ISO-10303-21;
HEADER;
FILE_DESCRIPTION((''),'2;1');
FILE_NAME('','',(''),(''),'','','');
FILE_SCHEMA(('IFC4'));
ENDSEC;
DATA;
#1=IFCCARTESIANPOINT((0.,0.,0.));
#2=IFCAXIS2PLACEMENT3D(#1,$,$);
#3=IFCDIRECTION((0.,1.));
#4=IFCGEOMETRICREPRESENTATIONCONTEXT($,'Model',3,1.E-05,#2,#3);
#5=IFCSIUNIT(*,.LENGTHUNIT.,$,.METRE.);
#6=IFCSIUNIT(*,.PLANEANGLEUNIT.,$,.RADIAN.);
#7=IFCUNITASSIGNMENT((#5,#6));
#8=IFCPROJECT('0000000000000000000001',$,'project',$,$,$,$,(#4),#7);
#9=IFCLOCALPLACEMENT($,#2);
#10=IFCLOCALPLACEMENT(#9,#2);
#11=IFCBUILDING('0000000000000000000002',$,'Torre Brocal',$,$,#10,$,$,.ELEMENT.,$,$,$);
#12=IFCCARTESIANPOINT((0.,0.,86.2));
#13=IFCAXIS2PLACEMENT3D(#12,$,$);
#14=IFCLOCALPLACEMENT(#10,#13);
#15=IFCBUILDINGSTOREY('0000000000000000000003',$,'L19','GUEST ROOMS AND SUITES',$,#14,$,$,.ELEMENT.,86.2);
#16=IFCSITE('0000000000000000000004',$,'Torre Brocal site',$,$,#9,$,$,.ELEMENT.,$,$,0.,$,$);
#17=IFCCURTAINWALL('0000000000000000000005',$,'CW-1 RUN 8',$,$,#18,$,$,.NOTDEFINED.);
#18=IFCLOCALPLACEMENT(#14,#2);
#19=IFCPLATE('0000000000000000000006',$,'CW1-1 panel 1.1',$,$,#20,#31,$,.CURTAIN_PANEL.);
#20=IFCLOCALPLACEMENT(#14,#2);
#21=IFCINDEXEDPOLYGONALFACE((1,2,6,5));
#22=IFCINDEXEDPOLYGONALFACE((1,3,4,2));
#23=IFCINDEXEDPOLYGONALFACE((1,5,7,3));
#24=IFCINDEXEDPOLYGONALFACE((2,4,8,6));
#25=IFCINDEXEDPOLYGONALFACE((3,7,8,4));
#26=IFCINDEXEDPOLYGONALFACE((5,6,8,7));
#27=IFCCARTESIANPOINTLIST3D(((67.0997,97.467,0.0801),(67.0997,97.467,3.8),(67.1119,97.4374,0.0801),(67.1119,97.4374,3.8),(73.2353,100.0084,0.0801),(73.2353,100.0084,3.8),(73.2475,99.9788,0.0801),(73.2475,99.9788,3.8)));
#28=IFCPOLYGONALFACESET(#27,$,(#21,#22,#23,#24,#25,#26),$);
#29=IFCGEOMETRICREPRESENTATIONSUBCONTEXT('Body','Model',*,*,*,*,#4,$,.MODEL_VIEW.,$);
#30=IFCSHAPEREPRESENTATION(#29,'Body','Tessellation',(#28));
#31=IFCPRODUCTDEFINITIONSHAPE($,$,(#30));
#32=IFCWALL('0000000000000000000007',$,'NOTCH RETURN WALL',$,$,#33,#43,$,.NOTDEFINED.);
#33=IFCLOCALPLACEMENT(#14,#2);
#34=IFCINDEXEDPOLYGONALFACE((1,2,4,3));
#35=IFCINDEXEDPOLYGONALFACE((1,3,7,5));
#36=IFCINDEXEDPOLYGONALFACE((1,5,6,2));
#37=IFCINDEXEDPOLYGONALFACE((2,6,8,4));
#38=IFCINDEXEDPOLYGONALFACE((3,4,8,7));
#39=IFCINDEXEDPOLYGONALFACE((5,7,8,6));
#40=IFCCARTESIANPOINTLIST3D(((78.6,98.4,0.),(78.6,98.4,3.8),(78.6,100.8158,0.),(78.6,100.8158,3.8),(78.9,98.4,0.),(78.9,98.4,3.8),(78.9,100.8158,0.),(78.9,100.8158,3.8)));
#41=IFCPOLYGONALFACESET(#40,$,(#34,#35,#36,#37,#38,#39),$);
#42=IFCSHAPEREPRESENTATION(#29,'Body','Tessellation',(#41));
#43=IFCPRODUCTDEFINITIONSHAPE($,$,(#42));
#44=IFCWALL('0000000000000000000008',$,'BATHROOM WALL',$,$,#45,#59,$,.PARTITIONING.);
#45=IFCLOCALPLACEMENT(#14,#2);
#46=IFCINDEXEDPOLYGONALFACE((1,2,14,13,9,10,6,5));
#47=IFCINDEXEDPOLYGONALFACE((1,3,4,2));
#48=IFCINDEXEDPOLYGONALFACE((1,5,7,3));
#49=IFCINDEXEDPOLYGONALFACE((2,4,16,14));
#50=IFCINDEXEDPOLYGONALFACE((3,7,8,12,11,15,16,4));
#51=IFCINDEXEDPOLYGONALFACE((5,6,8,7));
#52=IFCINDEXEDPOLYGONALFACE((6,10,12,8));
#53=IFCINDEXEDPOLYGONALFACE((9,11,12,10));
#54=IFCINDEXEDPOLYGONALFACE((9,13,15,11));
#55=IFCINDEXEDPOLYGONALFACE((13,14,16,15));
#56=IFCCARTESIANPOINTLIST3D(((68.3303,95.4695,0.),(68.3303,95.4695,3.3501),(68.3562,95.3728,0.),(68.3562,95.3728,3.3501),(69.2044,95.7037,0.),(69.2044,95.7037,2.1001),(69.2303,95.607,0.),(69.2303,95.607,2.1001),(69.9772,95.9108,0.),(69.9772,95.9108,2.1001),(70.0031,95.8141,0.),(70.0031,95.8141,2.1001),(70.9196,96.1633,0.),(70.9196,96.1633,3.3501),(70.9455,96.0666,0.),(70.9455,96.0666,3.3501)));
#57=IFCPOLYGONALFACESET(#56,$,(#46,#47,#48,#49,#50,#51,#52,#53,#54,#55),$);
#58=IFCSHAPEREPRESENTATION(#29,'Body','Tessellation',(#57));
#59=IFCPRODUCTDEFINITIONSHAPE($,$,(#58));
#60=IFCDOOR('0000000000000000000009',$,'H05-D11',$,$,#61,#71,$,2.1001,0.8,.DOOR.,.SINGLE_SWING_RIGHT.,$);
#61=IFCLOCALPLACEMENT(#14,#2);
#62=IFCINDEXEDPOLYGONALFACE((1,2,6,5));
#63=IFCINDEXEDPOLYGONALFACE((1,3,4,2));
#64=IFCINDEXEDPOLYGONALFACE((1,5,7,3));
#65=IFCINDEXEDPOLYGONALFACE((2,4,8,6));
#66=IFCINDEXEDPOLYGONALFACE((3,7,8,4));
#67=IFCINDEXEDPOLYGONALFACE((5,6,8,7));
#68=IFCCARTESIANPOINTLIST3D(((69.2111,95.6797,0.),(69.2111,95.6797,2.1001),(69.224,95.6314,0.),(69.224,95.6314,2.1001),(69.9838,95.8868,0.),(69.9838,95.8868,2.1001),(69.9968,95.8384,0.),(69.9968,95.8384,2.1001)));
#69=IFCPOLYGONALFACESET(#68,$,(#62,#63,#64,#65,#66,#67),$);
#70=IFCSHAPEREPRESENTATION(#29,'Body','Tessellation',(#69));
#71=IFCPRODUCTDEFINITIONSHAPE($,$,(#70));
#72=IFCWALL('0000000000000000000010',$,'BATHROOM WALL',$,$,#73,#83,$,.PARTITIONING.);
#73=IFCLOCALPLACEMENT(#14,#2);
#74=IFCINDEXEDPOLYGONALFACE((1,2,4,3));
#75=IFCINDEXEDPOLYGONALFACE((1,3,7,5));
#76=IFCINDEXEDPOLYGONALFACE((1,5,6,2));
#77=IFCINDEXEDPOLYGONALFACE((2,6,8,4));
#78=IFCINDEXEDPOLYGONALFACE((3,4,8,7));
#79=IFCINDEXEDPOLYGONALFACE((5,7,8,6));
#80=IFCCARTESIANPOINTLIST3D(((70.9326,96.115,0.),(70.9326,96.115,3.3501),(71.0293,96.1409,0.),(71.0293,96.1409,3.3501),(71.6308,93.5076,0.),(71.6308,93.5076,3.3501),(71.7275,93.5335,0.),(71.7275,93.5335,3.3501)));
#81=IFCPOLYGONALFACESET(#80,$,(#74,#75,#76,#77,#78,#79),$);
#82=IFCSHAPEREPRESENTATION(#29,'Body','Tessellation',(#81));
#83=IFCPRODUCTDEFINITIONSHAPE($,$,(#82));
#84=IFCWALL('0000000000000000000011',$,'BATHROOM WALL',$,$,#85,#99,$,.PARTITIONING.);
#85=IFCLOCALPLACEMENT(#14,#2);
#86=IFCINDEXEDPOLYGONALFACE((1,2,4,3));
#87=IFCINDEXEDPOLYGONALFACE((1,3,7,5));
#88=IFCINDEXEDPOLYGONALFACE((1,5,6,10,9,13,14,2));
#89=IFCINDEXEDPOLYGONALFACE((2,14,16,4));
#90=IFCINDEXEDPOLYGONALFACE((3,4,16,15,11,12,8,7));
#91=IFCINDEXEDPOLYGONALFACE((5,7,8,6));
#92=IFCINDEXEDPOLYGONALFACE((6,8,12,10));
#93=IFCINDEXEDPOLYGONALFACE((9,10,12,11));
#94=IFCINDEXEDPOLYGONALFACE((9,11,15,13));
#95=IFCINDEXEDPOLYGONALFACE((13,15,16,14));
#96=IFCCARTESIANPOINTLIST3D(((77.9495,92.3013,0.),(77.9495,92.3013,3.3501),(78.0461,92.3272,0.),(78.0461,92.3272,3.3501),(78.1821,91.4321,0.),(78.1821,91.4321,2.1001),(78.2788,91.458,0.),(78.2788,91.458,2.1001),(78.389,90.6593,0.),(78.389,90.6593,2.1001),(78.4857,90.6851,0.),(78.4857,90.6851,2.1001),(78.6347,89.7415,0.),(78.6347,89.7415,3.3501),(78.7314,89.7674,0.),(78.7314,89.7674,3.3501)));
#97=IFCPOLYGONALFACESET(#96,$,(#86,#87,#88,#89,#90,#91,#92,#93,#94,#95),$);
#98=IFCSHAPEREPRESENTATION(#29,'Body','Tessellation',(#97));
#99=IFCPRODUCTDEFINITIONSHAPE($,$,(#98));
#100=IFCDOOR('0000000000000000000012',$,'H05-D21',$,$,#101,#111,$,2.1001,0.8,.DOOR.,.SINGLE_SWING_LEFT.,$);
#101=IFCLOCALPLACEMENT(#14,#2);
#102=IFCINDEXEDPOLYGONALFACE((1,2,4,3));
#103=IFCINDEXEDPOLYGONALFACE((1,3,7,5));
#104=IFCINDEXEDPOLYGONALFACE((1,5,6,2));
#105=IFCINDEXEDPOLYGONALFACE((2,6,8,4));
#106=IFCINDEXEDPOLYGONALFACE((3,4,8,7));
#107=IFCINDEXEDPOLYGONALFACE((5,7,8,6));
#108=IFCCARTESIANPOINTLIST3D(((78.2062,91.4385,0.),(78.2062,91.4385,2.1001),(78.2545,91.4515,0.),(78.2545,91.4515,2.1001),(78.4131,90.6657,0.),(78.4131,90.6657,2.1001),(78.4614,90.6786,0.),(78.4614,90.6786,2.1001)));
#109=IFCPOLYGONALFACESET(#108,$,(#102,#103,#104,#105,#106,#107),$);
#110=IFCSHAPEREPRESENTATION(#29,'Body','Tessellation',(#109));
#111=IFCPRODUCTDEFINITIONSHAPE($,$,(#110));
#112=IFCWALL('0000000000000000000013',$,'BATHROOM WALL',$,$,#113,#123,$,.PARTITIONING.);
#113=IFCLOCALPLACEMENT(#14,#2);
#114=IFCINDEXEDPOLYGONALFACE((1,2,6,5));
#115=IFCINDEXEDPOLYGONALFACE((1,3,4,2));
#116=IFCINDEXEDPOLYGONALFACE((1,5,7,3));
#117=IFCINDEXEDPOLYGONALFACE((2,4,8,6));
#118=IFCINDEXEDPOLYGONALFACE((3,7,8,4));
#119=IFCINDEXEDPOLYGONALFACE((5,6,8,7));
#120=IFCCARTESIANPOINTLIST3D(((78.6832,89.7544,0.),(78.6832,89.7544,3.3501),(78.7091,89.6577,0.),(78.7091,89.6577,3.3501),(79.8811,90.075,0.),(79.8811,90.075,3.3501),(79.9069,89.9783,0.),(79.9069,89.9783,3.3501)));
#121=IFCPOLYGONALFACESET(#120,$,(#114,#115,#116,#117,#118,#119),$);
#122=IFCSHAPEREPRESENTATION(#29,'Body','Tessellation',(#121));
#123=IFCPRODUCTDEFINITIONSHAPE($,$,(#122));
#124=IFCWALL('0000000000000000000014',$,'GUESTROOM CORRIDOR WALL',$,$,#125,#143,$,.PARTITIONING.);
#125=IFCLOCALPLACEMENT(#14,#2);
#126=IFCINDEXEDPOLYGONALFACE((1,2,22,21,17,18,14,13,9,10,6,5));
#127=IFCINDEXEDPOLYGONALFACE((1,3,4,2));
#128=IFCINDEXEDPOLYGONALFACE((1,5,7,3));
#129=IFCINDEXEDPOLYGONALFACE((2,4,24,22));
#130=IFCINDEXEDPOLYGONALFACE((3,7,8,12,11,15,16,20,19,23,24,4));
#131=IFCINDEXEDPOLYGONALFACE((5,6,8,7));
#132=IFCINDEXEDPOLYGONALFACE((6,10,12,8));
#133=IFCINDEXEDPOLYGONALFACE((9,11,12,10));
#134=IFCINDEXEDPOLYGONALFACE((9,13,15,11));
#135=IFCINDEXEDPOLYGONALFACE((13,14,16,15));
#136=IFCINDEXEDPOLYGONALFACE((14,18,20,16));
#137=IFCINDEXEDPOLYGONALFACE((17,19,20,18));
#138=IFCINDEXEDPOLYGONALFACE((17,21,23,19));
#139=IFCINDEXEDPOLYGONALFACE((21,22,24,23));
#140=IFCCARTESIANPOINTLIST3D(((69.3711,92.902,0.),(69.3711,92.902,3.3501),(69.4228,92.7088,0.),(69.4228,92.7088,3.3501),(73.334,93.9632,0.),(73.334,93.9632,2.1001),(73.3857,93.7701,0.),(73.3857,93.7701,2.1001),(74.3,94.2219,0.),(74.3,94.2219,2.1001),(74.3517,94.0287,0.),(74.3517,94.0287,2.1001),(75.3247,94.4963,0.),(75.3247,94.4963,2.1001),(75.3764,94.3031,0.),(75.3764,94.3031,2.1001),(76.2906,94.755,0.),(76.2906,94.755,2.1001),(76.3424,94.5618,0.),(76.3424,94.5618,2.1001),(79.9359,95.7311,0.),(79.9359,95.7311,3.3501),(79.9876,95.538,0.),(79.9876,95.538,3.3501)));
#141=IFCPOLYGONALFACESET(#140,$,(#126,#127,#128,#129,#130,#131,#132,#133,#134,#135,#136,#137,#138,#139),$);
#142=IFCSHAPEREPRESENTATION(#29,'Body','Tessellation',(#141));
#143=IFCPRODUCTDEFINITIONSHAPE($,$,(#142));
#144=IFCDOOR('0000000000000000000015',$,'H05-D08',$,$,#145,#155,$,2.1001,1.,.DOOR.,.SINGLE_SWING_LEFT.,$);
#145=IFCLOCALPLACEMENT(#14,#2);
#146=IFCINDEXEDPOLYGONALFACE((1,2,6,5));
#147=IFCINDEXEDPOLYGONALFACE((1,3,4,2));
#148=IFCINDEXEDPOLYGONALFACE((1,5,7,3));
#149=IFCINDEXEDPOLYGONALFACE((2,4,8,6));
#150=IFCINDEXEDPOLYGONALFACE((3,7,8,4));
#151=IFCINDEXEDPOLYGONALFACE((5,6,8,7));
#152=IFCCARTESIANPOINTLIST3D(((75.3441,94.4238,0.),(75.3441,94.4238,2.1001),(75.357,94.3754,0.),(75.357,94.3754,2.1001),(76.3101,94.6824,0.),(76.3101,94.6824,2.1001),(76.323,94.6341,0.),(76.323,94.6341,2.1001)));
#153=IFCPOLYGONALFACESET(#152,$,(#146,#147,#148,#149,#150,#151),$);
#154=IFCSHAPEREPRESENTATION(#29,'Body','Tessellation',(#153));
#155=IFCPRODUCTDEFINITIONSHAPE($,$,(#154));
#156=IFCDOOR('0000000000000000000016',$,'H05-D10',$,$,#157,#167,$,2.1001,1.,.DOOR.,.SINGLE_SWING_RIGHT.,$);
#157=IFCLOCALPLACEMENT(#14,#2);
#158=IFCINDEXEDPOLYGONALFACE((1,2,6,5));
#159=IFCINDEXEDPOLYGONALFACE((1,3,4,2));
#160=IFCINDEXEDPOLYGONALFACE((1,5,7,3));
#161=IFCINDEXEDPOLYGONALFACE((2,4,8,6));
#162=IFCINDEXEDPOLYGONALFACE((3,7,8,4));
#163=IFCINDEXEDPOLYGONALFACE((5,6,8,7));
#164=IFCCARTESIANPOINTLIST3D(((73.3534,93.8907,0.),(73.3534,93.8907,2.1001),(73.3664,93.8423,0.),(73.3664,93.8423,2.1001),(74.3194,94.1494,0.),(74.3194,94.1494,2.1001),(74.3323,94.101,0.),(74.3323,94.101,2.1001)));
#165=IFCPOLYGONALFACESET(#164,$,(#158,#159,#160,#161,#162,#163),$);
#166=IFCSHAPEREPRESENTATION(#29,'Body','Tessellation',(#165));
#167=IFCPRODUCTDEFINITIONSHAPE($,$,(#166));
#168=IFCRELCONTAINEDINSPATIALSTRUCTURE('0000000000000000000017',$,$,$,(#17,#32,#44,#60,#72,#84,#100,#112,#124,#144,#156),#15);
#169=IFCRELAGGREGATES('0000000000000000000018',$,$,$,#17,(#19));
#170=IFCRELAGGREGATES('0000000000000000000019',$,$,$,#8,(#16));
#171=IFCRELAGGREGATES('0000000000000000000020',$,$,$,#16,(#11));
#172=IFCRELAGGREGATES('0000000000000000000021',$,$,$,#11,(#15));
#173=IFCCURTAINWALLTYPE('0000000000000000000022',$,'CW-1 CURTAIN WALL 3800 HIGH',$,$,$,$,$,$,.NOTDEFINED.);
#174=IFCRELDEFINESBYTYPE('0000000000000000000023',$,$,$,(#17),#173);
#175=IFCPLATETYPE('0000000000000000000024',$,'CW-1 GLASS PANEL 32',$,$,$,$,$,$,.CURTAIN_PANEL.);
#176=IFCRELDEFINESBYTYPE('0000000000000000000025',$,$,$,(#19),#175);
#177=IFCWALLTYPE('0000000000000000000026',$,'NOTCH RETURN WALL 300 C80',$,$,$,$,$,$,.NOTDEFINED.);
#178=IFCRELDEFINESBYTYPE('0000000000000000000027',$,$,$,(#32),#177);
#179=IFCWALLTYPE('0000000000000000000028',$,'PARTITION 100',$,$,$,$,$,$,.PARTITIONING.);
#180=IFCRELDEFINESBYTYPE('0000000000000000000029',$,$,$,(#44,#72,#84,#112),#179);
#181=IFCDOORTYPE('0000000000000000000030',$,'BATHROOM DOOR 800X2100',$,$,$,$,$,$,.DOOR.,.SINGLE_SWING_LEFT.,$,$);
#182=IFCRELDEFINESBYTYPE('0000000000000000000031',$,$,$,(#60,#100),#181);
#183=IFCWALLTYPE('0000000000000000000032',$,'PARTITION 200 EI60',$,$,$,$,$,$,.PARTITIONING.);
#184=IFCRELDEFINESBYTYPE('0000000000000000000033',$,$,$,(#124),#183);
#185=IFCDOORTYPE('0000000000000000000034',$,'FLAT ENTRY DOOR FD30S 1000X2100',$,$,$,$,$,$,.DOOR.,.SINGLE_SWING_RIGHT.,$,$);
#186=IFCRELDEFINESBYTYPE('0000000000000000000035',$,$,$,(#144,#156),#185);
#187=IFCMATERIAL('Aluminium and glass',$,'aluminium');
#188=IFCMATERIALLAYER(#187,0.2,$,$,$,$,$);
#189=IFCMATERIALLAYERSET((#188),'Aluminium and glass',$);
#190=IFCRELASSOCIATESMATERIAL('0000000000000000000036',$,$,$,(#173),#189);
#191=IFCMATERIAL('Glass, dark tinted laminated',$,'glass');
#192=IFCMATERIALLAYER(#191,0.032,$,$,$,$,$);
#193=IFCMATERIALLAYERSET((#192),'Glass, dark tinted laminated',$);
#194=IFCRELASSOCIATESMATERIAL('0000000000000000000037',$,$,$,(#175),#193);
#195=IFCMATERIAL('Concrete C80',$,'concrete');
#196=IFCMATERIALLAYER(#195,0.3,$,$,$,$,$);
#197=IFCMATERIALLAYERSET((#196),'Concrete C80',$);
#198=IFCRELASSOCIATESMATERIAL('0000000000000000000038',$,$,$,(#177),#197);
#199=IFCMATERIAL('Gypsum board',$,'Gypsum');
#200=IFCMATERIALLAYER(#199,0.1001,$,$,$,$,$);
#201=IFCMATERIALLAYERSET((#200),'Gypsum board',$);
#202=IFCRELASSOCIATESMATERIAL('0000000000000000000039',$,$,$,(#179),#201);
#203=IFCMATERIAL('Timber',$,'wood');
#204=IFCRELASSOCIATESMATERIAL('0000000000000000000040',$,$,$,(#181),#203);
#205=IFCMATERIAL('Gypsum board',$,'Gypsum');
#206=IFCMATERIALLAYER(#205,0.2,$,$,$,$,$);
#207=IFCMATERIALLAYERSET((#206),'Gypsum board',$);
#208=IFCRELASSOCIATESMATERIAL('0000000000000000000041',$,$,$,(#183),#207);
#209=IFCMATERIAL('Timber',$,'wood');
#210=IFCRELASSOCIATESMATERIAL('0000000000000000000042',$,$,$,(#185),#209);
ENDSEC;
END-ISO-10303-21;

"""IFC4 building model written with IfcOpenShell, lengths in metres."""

from ifc_helpers import new_model, si_unit, direction, frame, frame_2d, origin, origin_2d, place, context, subcontext, project, spatial, rectangle, extrude, material, layer, layer_set, type_object, element, fill, aggregate, save


model = new_model("IFC4")

# Units and contexts
model_context = context("Model", 3, precision=1e-05, world=origin(), true_north=direction((0.0, 1.0)))
body_context = subcontext(model_context, "Body", "Model", "MODEL_VIEW")
ifc_project = project(units=[si_unit("LENGTHUNIT", "METRE"), si_unit("PLANEANGLEUNIT", "RADIAN")], contexts=[model_context])

# Site, building, storey
site_placement = place(None, origin())
site = spatial("IfcSite", under=ifc_project, at=site_placement, Name="Torre Brocal site", CompositionType="ELEMENT", RefElevation=0.0)
building_placement = place(site_placement, origin())
building = spatial("IfcBuilding", under=site, at=building_placement, Name="Torre Brocal", CompositionType="ELEMENT")
storey_placement = place(building_placement, frame((0.0, 0.0, 86.2)))
storey = spatial("IfcBuildingStorey", under=building, at=storey_placement, Name="L19", Description="GUEST ROOMS AND SUITES", CompositionType="ELEMENT", Elevation=86.2)

# Shared definitions
ifc_material_1 = material(Name="Aluminium and glass", Category="aluminium")
ifc_layer_1 = layer(ifc_material_1, 0.2)
ifc_layer_set_1 = layer_set([ifc_layer_1], Name="Aluminium and glass")
curtain_wall_type = type_object("IfcCurtainWallType", Name="CW-1 CURTAIN WALL 3800 HIGH", PredefinedType="NOTDEFINED", material=ifc_layer_set_1)

# Curtain wall
curtain_wall_1_placement = place(storey_placement, origin())
curtain_wall_1 = element("IfcCurtainWall", 1, at=curtain_wall_1_placement, inside=storey, type_object=curtain_wall_type, Name="CW-1 RUN 8", PredefinedType="NOTDEFINED")

# Plate
ifc_material_2 = material(Name="Glass, dark tinted laminated", Category="glass")
ifc_layer_2 = layer(ifc_material_2, 0.032)
ifc_layer_set_2 = layer_set([ifc_layer_2], Name="Glass, dark tinted laminated")
plate_type = type_object("IfcPlateType", Name="CW-1 GLASS PANEL 32", PredefinedType="CURTAIN_PANEL", material=ifc_layer_set_2)
plate_1_placement = place(storey_placement, frame((70.1736, 98.7229, 0.0801), z_axis=(0.0, 0.0, 1.0), x_axis=(-0.92388, -0.382683, 0.0)))
plate_1 = element("IfcPlate", 2, at=plate_1_placement, type_object=plate_type, Name="CW1-1 panel 1.1", PredefinedType="CURTAIN_PANEL", context=body_context, shape_type="SweptSolid", body=[
    extrude(rectangle(XDim=6.6411, YDim=0.032, at=origin_2d()), origin(), (0.0, 0.0, 1.0), 3.72),
])
aggregate(curtain_wall_1, [plate_1])

# Wall
ifc_material_3 = material(Name="Concrete C80", Category="concrete")
ifc_layer_3 = layer(ifc_material_3, 0.3)
ifc_layer_set_3 = layer_set([ifc_layer_3], Name="Concrete C80")
wall_type_1 = type_object("IfcWallType", Name="NOTCH RETURN WALL 300 C80", PredefinedType="NOTDEFINED", material=ifc_layer_set_3)
wall_1_placement = place(storey_placement, frame((78.75, 98.3999, 0.0), z_axis=(0.0, 0.0, 1.0), x_axis=(0.0, 1.0, 0.0)))
element("IfcWall", 3, at=wall_1_placement, inside=storey, type_object=wall_type_1, Name="NOTCH RETURN WALL", PredefinedType="NOTDEFINED", context=body_context, shape_type="SweptSolid", body=[
    extrude(rectangle(XDim=2.4158, YDim=0.3, at=frame_2d((1.208, 0.0))), origin(), (0.0, 0.0, 1.0), 3.8),
])

# Wall, opening, door
ifc_material_4 = material(Name="Gypsum board", Category="Gypsum")
ifc_layer_4 = layer(ifc_material_4, 0.1001)
ifc_layer_set_4 = layer_set([ifc_layer_4], Name="Gypsum board")
wall_type_2 = type_object("IfcWallType", Name="PARTITION 100", PredefinedType="PARTITIONING", material=ifc_layer_set_4)
wall_2_placement = place(storey_placement, frame((68.3433, 95.4211, 0.0), z_axis=(0.0, 0.0, 1.0), x_axis=(0.965923, 0.25883, 0.0)))
wall_2 = element("IfcWall", 4, at=wall_2_placement, inside=storey, type_object=wall_type_2, Name="BATHROOM WALL", PredefinedType="PARTITIONING", context=body_context, shape_type="SweptSolid", body=[
    extrude(rectangle(XDim=2.6807, YDim=0.1001, at=frame_2d((1.3403, 0.0))), origin(), (0.0, 0.0, 1.0), 3.3501),
])
opening_1_placement = place(wall_2_placement, frame((0.905, 0.0, 0.0)))
opening_1 = element("IfcOpeningElement", 5, at=opening_1_placement, cuts=wall_2, PredefinedType="OPENING", context=body_context, shape_type="SweptSolid", body=[
    extrude(rectangle(XDim=0.8, YDim=2.1001, at=frame_2d((0.3999, 1.05))), frame((0.0, 0.0601, 0.0), z_axis=(0.0, -1.0, 0.0), x_axis=(1.0, 0.0, 0.0)), (0.0, 0.0, 1.0), 0.1201),
])
ifc_material_5 = material(Name="Timber", Category="wood")
door_type_1 = type_object("IfcDoorType", Name="BATHROOM DOOR 800X2100", OperationType="SINGLE_SWING_LEFT", PredefinedType="DOOR", material=ifc_material_5)
door_1_placement = place(opening_1_placement, frame((0.8, 0.0, 0.0), z_axis=(0.0, 0.0, 1.0), x_axis=(-1.0, 0.0, 0.0)))
door_1 = element("IfcDoor", 6, at=door_1_placement, inside=storey, type_object=door_type_1, Name="H05-D11", OperationType="SINGLE_SWING_RIGHT", OverallHeight=2.1001, OverallWidth=0.8, PredefinedType="DOOR", context=body_context, shape_type="SweptSolid", body=[
    extrude(rectangle(XDim=0.8, YDim=2.1001, at=frame_2d((0.3999, 1.05))), frame((0.0, 0.0249, 0.0), z_axis=(0.0, -1.0, 0.0), x_axis=(1.0, 0.0, 0.0)), (0.0, 0.0, 1.0), 0.05),
])
fill(opening_1, door_1)

# Wall
wall_3_placement = place(storey_placement, frame((70.981, 96.1279, 0.0), z_axis=(0.0, 0.0, 1.0), x_axis=(0.258676, -0.965964, 0.0)))
element("IfcWall", 7, at=wall_3_placement, inside=storey, type_object=wall_type_2, Name="BATHROOM WALL", PredefinedType="PARTITIONING", context=body_context, shape_type="SweptSolid", body=[
    extrude(rectangle(XDim=2.6992, YDim=0.1001, at=frame_2d((1.3496, 0.0))), origin(), (0.0, 0.0, 1.0), 3.3501),
])

# Wall, opening, door
wall_4_placement = place(storey_placement, frame((77.9978, 92.3142, 0.0), z_axis=(0.0, 0.0, 1.0), x_axis=(0.258609, -0.965982, 0.0)))
wall_4 = element("IfcWall", 8, at=wall_4_placement, inside=storey, type_object=wall_type_2, Name="BATHROOM WALL", PredefinedType="PARTITIONING", context=body_context, shape_type="SweptSolid", body=[
    extrude(rectangle(XDim=2.6499, YDim=0.1001, at=frame_2d((1.325, 0.0))), origin(), (0.0, 0.0, 1.0), 3.3501),
])
opening_2_placement = place(wall_4_placement, frame((0.8999, 0.0, 0.0)))
opening_2 = element("IfcOpeningElement", 9, at=opening_2_placement, cuts=wall_4, PredefinedType="OPENING", context=body_context, shape_type="SweptSolid", body=[
    extrude(rectangle(XDim=0.8, YDim=2.1001, at=frame_2d((0.3999, 1.05))), frame((0.0, 0.0601, 0.0), z_axis=(0.0, -1.0, 0.0), x_axis=(1.0, 0.0, 0.0)), (0.0, 0.0, 1.0), 0.1201),
])
door_2_placement = place(opening_2_placement, origin())
door_2 = element("IfcDoor", 10, at=door_2_placement, inside=storey, type_object=door_type_1, Name="H05-D21", OperationType="SINGLE_SWING_LEFT", OverallHeight=2.1001, OverallWidth=0.8, PredefinedType="DOOR", context=body_context, shape_type="SweptSolid", body=[
    extrude(rectangle(XDim=0.8, YDim=2.1001, at=frame_2d((0.3999, 1.05))), frame((0.0, 0.0249, 0.0), z_axis=(0.0, -1.0, 0.0), x_axis=(1.0, 0.0, 0.0)), (0.0, 0.0, 1.0), 0.05),
])
fill(opening_2, door_2)

# Wall
wall_5_placement = place(storey_placement, frame((78.696, 89.7061, 0.0), z_axis=(0.0, 0.0, 1.0), x_axis=(0.966003, 0.258533, 0.0)))
element("IfcWall", 11, at=wall_5_placement, inside=storey, type_object=wall_type_2, Name="BATHROOM WALL", PredefinedType="PARTITIONING", context=body_context, shape_type="SweptSolid", body=[
    extrude(rectangle(XDim=1.24, YDim=0.1001, at=frame_2d((0.6201, 0.0))), origin(), (0.0, 0.0, 1.0), 3.3501),
])

# Wall, openings, doors
ifc_material_6 = material(Name="Gypsum board", Category="Gypsum")
ifc_layer_5 = layer(ifc_material_6, 0.2)
ifc_layer_set_5 = layer_set([ifc_layer_5], Name="Gypsum board")
wall_type_3 = type_object("IfcWallType", Name="PARTITION 200 EI60", PredefinedType="PARTITIONING", material=ifc_layer_set_5)
wall_6_placement = place(storey_placement, frame((69.397, 92.8054, 0.0), z_axis=(0.0, 0.0, 1.0), x_axis=(0.965965, 0.258674, 0.0)))
wall_6 = element("IfcWall", 12, at=wall_6_placement, inside=storey, type_object=wall_type_3, Name="GUESTROOM CORRIDOR WALL", PredefinedType="PARTITIONING", context=body_context, shape_type="SweptSolid", body=[
    extrude(rectangle(XDim=10.937, YDim=0.2, at=frame_2d((5.4685, 0.0))), origin(), (0.0, 0.0, 1.0), 3.3501),
])
opening_3_placement = place(wall_6_placement, frame((6.1633, 0.0, 0.0)))
opening_3 = element("IfcOpeningElement", 13, at=opening_3_placement, cuts=wall_6, PredefinedType="OPENING", context=body_context, shape_type="SweptSolid", body=[
    extrude(rectangle(XDim=1.0, YDim=2.1001, at=frame_2d((0.5, 1.05))), frame((0.0, 0.1099, 0.0), z_axis=(0.0, -1.0, 0.0), x_axis=(1.0, 0.0, 0.0)), (0.0, 0.0, 1.0), 0.22),
])
opening_4_placement = place(wall_6_placement, frame((4.1025, 0.0, 0.0)))
opening_4 = element("IfcOpeningElement", 14, at=opening_4_placement, cuts=wall_6, PredefinedType="OPENING", context=body_context, shape_type="SweptSolid", body=[
    extrude(rectangle(XDim=1.0, YDim=2.1001, at=frame_2d((0.5, 1.05))), frame((0.0, 0.1099, 0.0), z_axis=(0.0, -1.0, 0.0), x_axis=(1.0, 0.0, 0.0)), (0.0, 0.0, 1.0), 0.22),
])
ifc_material_7 = material(Name="Timber", Category="wood")
door_type_2 = type_object("IfcDoorType", Name="FLAT ENTRY DOOR FD30S 1000X2100", OperationType="SINGLE_SWING_RIGHT", PredefinedType="DOOR", material=ifc_material_7)
door_3_placement = place(opening_3_placement, origin())
door_3 = element("IfcDoor", 15, at=door_3_placement, inside=storey, type_object=door_type_2, Name="H05-D08", OperationType="SINGLE_SWING_LEFT", OverallHeight=2.1001, OverallWidth=1.0, PredefinedType="DOOR", context=body_context, shape_type="SweptSolid", body=[
    extrude(rectangle(XDim=1.0, YDim=2.1001, at=frame_2d((0.5, 1.05))), frame((0.0, 0.0249, 0.0), z_axis=(0.0, -1.0, 0.0), x_axis=(1.0, 0.0, 0.0)), (0.0, 0.0, 1.0), 0.05),
])
fill(opening_3, door_3)
door_4_placement = place(opening_4_placement, origin())
door_4 = element("IfcDoor", 16, at=door_4_placement, inside=storey, type_object=door_type_2, Name="H05-D10", OperationType="SINGLE_SWING_RIGHT", OverallHeight=2.1001, OverallWidth=1.0, PredefinedType="DOOR", context=body_context, shape_type="SweptSolid", body=[
    extrude(rectangle(XDim=1.0, YDim=2.1001, at=frame_2d((0.5, 1.05))), frame((0.0, 0.0249, 0.0), z_axis=(0.0, -1.0, 0.0), x_axis=(1.0, 0.0, 0.0)), (0.0, 0.0, 1.0), 0.05),
])
fill(opening_4, door_4)

save(model, "model.ifc")
